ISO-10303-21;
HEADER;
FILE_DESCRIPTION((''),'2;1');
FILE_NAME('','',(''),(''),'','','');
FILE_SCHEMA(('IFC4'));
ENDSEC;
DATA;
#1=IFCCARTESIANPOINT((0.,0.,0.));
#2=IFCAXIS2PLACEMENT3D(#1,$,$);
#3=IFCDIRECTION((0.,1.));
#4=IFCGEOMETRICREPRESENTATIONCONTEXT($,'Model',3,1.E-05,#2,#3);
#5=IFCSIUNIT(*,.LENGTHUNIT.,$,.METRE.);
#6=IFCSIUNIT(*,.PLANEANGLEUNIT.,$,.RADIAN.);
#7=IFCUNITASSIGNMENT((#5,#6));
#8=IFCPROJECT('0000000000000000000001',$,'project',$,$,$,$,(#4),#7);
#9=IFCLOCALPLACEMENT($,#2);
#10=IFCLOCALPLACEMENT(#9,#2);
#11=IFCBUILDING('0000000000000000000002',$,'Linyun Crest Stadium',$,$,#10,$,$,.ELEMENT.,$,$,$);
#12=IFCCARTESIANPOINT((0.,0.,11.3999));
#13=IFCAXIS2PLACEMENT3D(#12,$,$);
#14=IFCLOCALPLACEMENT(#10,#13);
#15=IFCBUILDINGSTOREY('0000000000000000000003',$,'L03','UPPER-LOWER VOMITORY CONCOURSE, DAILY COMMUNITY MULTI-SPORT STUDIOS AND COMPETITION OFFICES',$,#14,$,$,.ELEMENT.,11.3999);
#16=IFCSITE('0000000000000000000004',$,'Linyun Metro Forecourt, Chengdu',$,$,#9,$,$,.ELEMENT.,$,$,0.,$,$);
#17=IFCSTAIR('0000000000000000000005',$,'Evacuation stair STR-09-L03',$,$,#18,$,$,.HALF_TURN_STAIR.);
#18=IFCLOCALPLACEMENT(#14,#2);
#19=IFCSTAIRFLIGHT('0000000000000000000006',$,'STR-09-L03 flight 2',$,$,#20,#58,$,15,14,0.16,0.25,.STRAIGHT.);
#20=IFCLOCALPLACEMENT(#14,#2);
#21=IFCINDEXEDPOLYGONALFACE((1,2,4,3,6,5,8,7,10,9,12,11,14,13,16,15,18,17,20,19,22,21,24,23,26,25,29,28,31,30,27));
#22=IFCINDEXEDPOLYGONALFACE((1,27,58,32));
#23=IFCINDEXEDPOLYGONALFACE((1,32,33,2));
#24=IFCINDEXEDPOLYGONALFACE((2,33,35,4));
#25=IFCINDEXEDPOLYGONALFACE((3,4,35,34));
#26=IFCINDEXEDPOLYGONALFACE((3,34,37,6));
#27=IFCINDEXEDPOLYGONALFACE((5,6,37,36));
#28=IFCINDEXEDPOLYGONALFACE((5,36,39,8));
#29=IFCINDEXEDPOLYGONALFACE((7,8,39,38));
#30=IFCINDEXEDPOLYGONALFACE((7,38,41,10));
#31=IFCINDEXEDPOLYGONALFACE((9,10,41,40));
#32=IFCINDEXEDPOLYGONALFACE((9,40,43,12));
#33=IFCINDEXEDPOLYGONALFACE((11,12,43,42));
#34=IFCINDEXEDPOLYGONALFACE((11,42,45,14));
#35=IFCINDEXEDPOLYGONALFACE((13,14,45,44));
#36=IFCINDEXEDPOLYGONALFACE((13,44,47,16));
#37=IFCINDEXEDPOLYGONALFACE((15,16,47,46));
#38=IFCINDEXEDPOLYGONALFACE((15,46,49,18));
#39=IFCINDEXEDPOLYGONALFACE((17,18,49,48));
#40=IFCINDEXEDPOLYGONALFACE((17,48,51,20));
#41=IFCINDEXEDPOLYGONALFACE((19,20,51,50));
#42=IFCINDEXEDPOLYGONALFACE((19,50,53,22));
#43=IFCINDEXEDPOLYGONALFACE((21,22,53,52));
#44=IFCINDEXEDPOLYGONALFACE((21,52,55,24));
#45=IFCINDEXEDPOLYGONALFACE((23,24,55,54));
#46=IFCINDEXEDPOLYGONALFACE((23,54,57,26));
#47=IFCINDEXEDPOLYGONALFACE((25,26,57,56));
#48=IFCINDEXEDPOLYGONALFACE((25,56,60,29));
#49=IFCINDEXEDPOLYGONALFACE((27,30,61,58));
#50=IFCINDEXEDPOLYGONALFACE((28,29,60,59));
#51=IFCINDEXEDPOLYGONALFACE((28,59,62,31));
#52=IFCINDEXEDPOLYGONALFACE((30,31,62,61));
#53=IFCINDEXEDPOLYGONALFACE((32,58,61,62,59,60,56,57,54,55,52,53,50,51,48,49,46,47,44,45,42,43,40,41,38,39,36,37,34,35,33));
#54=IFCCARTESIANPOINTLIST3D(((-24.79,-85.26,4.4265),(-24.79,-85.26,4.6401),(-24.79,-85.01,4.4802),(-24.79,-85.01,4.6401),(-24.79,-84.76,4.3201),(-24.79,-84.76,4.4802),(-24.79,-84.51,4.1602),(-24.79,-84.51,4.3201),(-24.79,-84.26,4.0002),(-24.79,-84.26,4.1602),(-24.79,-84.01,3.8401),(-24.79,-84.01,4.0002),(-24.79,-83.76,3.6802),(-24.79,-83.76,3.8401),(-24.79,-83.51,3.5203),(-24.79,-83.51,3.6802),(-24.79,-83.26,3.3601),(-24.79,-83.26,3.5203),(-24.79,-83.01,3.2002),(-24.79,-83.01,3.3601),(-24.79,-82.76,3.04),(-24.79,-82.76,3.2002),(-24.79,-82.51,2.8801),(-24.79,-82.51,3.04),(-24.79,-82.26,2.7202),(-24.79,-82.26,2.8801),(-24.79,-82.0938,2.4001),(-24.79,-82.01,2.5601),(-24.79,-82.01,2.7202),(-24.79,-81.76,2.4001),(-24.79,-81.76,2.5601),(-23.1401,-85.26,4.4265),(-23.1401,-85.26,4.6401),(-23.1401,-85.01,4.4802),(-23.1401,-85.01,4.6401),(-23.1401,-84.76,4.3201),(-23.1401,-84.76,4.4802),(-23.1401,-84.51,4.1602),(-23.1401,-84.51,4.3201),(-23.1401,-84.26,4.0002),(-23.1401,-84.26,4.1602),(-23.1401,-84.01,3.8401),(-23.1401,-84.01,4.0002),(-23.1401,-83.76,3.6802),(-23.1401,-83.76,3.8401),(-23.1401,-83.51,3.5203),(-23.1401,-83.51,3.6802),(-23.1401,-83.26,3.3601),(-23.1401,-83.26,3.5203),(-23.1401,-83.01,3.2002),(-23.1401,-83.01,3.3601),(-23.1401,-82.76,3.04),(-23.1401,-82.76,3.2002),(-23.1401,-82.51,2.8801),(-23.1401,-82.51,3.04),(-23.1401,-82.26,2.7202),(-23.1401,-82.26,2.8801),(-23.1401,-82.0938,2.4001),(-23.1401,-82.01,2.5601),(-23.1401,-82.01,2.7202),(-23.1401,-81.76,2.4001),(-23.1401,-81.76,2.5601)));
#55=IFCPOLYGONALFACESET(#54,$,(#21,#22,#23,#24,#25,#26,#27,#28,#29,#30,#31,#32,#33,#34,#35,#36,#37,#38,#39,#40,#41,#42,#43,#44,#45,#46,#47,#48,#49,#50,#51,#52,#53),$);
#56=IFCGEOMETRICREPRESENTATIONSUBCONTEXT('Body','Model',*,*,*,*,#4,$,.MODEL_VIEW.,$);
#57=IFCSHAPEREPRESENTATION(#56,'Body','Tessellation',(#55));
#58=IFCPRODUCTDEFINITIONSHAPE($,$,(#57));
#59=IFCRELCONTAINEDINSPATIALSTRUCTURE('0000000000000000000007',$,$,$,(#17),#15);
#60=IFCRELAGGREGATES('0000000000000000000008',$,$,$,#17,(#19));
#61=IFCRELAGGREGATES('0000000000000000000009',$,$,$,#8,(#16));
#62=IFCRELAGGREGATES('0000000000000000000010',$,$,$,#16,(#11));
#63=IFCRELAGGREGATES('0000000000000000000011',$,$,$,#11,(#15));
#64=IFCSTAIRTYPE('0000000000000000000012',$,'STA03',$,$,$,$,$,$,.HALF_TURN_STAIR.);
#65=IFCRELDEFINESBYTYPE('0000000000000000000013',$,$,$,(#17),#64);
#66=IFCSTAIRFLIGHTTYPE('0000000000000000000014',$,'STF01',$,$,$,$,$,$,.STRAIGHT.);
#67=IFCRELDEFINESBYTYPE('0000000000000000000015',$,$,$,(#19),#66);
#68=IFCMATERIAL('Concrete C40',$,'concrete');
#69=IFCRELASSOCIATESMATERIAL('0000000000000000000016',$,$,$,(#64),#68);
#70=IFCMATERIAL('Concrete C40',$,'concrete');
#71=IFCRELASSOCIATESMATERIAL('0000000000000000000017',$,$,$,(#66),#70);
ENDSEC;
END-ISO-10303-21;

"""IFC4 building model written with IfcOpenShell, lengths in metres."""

from ifc_helpers import new_model, si_unit, direction, frame, origin, place, context, subcontext, project, spatial, polyline, outline, extrude, material, type_object, element, aggregate, save


model = new_model("IFC4")

# Units and contexts
model_context = context("Model", 3, precision=1e-05, world=origin(), true_north=direction((0.0, 1.0)))
body_context = subcontext(model_context, "Body", "Model", "MODEL_VIEW")
ifc_project = project(units=[si_unit("LENGTHUNIT", "METRE"), si_unit("PLANEANGLEUNIT", "RADIAN")], contexts=[model_context])

# Site, building, storey
site_placement = place(None, origin())
site = spatial("IfcSite", under=ifc_project, at=site_placement, Name="Linyun Metro Forecourt, Chengdu", CompositionType="ELEMENT", RefElevation=0.0)
building_placement = place(site_placement, origin())
building = spatial("IfcBuilding", under=site, at=building_placement, Name="Linyun Crest Stadium", CompositionType="ELEMENT")
storey_placement = place(building_placement, frame((0.0, 0.0, 11.3999)))
storey = spatial("IfcBuildingStorey", under=building, at=storey_placement, Name="L03", Description="UPPER-LOWER VOMITORY CONCOURSE, DAILY COMMUNITY MULTI-SPORT STUDIOS AND COMPETITION OFFICES", CompositionType="ELEMENT", Elevation=11.3999)

# Stair, stair flight
ifc_material_1 = material(Name="Concrete C40", Category="concrete")
stair_type = type_object("IfcStairType", Name="STA03", PredefinedType="HALF_TURN_STAIR", material=ifc_material_1)
stair_placement = place(storey_placement, origin())
stair = element("IfcStair", 1, at=stair_placement, inside=storey, type_object=stair_type, Name="Evacuation stair STR-09-L03", PredefinedType="HALF_TURN_STAIR")
ifc_material_2 = material(Name="Concrete C40", Category="concrete")
stair_flight_type = type_object("IfcStairFlightType", Name="STF01", PredefinedType="STRAIGHT", material=ifc_material_2)
stair_flight_1_placement = place(storey_placement, frame((-23.9651, -81.76, 2.4001), z_axis=(0.0, 0.0, 1.0), x_axis=(0.0, -1.0, 0.0)))
stair_flight_1 = element("IfcStairFlight", 2, at=stair_flight_1_placement, type_object=stair_flight_type, Name="STR-09-L03 flight 2", NumberOfRisers=15, NumberOfTreads=14, PredefinedType="STRAIGHT", RiserHeight=0.16, TreadLength=0.25, context=body_context, shape_type="SweptSolid", body=[
    extrude(outline(polyline([(0.0, 0.0), (0.0, 0.1599), (0.25, 0.1599), (0.25, 0.3201), (0.5, 0.3201), (0.5, 0.48), (0.75, 0.48), (0.75, 0.6399), (1.0, 0.6399), (1.0, 0.8), (1.25, 0.8), (1.25, 0.96), (1.5, 0.96), (1.5, 1.1201), (1.75, 1.1201), (1.75, 1.28), (2.0, 1.28), (2.0, 1.4399), (2.25, 1.4399), (2.25, 1.6001), (2.5, 1.6001), (2.5, 1.76), (2.75, 1.76), (2.75, 1.9199), (3.0, 1.9199), (3.0, 2.0801), (3.25, 2.0801), (3.25, 2.24), (3.5, 2.24), (3.5, 2.3999), (3.5, 2.0264), (0.3337, 0.0), (0.0, 0.0)])), frame((0.0, 0.825, 0.0), z_axis=(0.0, -1.0, 0.0), x_axis=(1.0, 0.0, 0.0)), (0.0, 0.0, 1.0), 1.6499),
])
aggregate(stair, [stair_flight_1])

save(model, "model.ifc")
